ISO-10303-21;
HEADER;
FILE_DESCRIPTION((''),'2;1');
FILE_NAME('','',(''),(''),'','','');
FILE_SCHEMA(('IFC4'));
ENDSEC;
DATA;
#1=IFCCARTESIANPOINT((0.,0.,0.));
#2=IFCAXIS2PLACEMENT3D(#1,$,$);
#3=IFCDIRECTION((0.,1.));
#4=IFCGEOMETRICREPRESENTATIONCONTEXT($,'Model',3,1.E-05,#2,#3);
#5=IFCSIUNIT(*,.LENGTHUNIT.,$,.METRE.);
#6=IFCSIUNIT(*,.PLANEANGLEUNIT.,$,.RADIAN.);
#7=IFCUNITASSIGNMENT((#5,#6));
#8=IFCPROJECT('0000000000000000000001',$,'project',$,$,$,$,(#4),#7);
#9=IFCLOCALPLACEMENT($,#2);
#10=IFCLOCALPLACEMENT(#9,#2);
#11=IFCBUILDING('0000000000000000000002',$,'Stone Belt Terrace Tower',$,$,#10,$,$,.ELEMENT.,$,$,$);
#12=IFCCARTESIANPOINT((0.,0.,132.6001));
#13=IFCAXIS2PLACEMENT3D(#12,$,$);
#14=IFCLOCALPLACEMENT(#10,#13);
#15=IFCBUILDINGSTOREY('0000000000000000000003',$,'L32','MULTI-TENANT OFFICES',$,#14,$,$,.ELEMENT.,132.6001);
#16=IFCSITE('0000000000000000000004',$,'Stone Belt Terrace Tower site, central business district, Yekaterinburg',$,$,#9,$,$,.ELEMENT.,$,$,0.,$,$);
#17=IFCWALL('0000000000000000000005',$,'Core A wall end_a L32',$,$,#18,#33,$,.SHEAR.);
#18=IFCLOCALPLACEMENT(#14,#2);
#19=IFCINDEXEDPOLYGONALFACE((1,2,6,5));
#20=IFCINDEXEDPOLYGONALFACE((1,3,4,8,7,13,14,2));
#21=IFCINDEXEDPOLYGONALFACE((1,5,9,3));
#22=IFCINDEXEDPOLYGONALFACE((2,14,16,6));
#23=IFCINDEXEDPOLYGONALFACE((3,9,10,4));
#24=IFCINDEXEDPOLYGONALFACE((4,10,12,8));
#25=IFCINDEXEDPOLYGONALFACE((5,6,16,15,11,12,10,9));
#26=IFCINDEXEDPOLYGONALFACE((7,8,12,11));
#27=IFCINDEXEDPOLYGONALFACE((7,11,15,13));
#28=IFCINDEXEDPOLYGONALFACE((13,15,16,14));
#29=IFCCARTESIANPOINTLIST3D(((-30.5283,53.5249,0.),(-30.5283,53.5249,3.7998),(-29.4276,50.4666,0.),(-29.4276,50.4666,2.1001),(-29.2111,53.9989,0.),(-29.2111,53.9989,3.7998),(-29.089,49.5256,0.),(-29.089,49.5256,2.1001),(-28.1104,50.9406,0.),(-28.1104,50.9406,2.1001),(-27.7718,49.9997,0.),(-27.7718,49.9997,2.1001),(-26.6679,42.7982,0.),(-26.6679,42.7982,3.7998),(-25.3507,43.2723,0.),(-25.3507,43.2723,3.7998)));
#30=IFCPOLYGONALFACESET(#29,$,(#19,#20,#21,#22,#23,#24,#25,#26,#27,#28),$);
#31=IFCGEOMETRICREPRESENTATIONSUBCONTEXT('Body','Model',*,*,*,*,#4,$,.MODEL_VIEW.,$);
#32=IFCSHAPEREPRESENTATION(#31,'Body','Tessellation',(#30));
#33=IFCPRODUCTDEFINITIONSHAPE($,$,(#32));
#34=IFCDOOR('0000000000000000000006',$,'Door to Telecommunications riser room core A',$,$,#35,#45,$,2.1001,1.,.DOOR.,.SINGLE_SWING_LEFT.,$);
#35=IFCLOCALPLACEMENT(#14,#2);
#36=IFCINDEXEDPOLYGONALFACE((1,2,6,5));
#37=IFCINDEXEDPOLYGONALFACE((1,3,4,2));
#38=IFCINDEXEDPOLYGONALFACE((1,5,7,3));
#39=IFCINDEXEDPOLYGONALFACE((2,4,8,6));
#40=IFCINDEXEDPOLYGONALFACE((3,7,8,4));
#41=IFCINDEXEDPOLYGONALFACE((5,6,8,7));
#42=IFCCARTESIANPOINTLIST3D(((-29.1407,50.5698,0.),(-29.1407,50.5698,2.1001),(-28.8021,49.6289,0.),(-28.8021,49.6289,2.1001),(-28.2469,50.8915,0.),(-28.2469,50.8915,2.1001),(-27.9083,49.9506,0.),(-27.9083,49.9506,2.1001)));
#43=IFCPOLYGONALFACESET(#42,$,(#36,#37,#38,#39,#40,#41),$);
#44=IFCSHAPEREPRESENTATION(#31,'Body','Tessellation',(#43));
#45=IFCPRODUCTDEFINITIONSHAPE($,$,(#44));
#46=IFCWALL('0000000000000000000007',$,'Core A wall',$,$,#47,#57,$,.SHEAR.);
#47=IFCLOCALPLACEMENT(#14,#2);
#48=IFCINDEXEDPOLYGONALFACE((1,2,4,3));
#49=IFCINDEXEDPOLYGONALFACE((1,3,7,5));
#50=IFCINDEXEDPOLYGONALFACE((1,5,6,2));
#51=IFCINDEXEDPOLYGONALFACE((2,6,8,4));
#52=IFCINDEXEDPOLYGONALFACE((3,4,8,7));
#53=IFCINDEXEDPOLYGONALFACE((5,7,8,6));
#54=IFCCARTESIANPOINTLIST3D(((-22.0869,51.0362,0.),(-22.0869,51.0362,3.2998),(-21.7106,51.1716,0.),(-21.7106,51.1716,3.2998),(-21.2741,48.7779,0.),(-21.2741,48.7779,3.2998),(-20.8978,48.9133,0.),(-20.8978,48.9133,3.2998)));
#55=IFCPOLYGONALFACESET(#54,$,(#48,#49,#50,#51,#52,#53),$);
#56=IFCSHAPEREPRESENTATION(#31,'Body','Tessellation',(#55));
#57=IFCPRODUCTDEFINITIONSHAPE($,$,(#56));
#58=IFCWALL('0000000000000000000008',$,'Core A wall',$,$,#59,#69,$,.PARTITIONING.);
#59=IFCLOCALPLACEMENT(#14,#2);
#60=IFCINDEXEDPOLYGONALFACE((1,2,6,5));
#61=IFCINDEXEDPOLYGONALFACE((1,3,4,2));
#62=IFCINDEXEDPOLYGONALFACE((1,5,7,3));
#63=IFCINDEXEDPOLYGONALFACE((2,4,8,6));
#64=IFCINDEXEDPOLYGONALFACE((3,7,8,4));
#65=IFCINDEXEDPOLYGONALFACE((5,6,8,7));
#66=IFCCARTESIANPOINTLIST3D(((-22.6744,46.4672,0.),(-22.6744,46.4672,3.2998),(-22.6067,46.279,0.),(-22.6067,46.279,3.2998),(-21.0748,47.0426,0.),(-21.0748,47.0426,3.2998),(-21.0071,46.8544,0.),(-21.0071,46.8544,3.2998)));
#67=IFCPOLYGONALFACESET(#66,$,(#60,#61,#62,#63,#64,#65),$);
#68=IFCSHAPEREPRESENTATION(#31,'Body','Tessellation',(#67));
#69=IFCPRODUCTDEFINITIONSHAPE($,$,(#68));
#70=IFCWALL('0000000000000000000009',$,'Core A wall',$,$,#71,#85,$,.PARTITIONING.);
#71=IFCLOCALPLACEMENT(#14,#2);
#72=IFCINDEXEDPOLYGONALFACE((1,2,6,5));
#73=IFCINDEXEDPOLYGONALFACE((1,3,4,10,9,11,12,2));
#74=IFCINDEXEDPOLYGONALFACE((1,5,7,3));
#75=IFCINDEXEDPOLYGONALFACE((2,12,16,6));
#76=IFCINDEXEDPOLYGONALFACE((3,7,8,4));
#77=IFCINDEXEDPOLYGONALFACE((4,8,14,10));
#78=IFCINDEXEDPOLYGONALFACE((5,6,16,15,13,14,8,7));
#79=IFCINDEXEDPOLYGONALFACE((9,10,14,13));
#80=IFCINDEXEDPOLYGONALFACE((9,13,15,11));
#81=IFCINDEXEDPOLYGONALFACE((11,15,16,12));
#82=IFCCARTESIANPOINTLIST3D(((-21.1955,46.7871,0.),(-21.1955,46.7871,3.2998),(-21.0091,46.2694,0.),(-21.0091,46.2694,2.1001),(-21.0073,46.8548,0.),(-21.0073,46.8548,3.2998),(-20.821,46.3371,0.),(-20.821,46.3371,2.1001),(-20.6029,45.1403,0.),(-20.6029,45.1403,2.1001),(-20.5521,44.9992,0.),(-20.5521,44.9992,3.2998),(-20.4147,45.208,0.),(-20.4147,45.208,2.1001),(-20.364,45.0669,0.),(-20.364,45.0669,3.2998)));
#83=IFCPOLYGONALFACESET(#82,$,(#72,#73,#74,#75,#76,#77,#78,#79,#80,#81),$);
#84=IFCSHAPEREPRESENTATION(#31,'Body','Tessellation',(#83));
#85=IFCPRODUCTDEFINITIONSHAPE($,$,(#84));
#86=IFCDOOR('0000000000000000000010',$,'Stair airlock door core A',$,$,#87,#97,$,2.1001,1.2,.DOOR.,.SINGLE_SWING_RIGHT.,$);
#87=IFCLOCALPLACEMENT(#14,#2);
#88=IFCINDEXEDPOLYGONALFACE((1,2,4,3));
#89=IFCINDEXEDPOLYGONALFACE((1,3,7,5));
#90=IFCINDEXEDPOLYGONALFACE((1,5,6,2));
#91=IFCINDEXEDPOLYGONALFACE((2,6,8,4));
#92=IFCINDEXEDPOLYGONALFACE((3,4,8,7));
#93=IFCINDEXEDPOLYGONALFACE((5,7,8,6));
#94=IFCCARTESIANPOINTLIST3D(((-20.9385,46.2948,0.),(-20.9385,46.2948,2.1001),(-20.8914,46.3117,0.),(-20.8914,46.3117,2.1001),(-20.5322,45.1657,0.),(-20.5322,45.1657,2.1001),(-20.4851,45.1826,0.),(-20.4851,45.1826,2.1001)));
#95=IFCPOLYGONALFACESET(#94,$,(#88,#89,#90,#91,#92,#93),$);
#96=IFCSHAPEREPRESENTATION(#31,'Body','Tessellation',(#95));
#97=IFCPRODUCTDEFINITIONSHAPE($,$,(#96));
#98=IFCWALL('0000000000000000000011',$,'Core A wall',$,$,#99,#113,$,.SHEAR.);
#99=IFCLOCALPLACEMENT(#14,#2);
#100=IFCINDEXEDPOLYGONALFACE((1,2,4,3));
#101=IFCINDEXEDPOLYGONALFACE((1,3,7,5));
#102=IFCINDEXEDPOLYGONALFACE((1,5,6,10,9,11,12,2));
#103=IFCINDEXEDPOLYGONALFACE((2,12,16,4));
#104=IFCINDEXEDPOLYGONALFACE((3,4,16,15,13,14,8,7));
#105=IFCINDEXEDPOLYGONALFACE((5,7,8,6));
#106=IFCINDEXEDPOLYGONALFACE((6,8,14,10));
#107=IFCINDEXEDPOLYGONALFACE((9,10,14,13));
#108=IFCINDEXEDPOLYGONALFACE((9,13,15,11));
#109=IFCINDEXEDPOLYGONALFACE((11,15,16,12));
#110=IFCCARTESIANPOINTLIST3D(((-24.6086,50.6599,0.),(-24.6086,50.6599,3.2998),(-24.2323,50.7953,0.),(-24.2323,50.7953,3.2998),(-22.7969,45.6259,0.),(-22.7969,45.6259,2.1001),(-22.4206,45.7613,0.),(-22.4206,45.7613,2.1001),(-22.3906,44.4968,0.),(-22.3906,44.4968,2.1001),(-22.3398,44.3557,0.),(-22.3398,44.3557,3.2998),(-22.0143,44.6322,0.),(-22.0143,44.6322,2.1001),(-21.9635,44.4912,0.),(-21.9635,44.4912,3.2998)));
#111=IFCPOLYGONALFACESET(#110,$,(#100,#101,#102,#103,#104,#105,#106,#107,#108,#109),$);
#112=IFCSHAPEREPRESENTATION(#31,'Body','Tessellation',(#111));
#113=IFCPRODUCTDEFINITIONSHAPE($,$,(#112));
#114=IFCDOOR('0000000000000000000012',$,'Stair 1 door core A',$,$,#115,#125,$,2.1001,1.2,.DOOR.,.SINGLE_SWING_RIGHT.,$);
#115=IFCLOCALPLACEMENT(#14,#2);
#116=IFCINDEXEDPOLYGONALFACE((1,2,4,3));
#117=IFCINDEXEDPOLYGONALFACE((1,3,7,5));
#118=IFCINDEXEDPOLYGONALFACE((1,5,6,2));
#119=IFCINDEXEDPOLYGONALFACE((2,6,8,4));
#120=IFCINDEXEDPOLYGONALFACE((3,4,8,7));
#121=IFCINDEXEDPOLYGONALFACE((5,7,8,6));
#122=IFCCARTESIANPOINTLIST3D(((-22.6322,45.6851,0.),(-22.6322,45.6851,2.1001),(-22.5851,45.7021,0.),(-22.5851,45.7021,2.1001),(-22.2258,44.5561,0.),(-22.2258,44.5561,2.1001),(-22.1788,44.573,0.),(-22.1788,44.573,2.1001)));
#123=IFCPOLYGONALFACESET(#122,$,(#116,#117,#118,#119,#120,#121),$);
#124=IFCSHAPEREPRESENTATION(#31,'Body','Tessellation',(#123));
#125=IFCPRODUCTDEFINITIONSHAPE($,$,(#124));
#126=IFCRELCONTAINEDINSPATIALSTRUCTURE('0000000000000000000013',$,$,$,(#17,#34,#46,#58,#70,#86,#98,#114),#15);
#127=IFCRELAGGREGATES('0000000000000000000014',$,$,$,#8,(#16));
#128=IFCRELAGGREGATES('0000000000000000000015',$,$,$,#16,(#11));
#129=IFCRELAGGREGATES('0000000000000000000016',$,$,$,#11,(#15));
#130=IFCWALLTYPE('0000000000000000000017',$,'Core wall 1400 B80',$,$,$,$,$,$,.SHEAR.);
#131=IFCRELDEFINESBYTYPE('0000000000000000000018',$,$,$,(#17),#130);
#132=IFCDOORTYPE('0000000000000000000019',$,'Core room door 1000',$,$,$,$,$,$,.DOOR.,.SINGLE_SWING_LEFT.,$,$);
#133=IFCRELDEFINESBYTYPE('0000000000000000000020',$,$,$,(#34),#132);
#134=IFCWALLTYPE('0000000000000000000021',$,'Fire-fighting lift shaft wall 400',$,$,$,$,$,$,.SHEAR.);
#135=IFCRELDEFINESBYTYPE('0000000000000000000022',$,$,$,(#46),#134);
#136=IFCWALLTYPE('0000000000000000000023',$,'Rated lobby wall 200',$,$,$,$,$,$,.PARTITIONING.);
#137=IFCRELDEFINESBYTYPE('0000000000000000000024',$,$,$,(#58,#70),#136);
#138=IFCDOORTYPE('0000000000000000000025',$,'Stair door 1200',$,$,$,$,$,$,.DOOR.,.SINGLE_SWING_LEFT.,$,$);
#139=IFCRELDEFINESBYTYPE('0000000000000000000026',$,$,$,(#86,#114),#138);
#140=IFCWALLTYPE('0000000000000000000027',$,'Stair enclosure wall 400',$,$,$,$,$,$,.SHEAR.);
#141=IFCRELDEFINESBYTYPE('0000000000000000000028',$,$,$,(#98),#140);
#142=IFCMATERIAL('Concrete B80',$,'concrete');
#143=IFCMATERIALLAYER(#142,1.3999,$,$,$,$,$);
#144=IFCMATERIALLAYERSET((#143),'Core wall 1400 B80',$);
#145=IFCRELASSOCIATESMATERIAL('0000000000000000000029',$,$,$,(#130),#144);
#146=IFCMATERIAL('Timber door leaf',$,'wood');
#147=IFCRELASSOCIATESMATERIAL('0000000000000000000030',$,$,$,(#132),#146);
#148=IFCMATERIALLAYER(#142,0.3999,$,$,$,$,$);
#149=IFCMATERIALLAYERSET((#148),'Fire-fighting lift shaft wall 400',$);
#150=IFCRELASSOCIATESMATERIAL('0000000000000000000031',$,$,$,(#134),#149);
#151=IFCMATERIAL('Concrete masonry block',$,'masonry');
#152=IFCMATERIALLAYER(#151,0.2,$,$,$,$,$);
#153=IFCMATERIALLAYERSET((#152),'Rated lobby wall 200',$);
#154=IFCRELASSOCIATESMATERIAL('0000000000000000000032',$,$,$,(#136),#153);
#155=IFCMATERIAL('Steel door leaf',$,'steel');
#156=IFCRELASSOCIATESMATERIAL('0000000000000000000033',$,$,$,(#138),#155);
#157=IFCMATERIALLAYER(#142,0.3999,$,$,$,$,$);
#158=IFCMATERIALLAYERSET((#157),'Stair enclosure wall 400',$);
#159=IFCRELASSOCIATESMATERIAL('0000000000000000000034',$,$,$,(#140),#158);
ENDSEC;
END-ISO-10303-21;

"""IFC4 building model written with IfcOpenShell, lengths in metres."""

from ifc_helpers import new_model, si_unit, direction, frame, frame_2d, origin, place, context, subcontext, project, spatial, rectangle, extrude, material, layer, layer_set, type_object, element, fill, save


model = new_model("IFC4")

# Units and contexts
model_context = context("Model", 3, precision=1e-05, world=origin(), true_north=direction((0.0, 1.0)))
body_context = subcontext(model_context, "Body", "Model", "MODEL_VIEW")
ifc_project = project(units=[si_unit("LENGTHUNIT", "METRE"), si_unit("PLANEANGLEUNIT", "RADIAN")], contexts=[model_context])

# Site, building, storey
site_placement = place(None, origin())
site = spatial("IfcSite", under=ifc_project, at=site_placement, Name="Stone Belt Terrace Tower site, central business district, Yekaterinburg", CompositionType="ELEMENT", RefElevation=0.0)
building_placement = place(site_placement, origin())
building = spatial("IfcBuilding", under=site, at=building_placement, Name="Stone Belt Terrace Tower", CompositionType="ELEMENT")
storey_placement = place(building_placement, frame((0.0, 0.0, 132.6001)))
storey = spatial("IfcBuildingStorey", under=building, at=storey_placement, Name="L32", Description="MULTI-TENANT OFFICES", CompositionType="ELEMENT", Elevation=132.6001)

# Wall, opening, door
ifc_material_1 = material(Name="Concrete B80", Category="concrete")
ifc_layer_1 = layer(ifc_material_1, 1.3999)
ifc_layer_set_1 = layer_set([ifc_layer_1], Name="Core wall 1400 B80")
wall_type_1 = type_object("IfcWallType", Name="Core wall 1400 B80", PredefinedType="SHEAR", material=ifc_layer_set_1)
wall_1_placement = place(storey_placement, frame((-26.0093, 43.0352, 0.0), z_axis=(0.0, 0.0, 1.0), x_axis=(-0.338625, 0.940921, 0.0)))
wall_1 = element("IfcWall", 1, at=wall_1_placement, inside=storey, type_object=wall_type_1, Name="Core A wall end_a L32", PredefinedType="SHEAR", context=body_context, shape_type="SweptSolid", body=[
    extrude(rectangle(XDim=11.4001, YDim=1.3999, at=frame_2d((5.7002, 0.0))), origin(), (0.0, 0.0, 1.0), 3.7998),
])
opening_1_placement = place(wall_1_placement, frame((7.1499, 0.0, 0.0)))
opening_1 = element("IfcOpeningElement", 2, at=opening_1_placement, cuts=wall_1, PredefinedType="OPENING", context=body_context, shape_type="SweptSolid", body=[
    extrude(rectangle(XDim=1.0, YDim=2.1001, at=frame_2d((0.5, 1.05))), frame((0.0, 0.71, 0.0), z_axis=(0.0, -1.0, 0.0), x_axis=(1.0, 0.0, 0.0)), (0.0, 0.0, 1.0), 1.4199),
])
ifc_material_2 = material(Name="Timber door leaf", Category="wood")
door_type_1 = type_object("IfcDoorType", Name="Core room door 1000", OperationType="SINGLE_SWING_LEFT", PredefinedType="DOOR", material=ifc_material_2)
door_1_placement = place(opening_1_placement, origin())
door_1 = element("IfcDoor", 3, at=door_1_placement, inside=storey, type_object=door_type_1, Name="Door to Telecommunications riser room core A", OperationType="SINGLE_SWING_LEFT", OverallHeight=2.1001, OverallWidth=1.0, PredefinedType="DOOR", context=body_context, shape_type="SweptSolid", body=[
    extrude(rectangle(XDim=1.0, YDim=2.1001, at=frame_2d((0.5, 1.05))), frame((0.0, 0.395, 0.0), z_axis=(0.0, -1.0, 0.0), x_axis=(1.0, 0.0, 0.0)), (0.0, 0.0, 1.0), 0.95),
])
fill(opening_1, door_1)

# Walls
ifc_layer_2 = layer(ifc_material_1, 0.3999)
ifc_layer_set_2 = layer_set([ifc_layer_2], Name="Fire-fighting lift shaft wall 400")
wall_type_2 = type_object("IfcWallType", Name="Fire-fighting lift shaft wall 400", PredefinedType="SHEAR", material=ifc_layer_set_2)
wall_2_placement = place(storey_placement, frame((-21.0859, 48.8455, 0.0), z_axis=(0.0, 0.0, 1.0), x_axis=(-0.338629, 0.94092, 0.0)))
element("IfcWall", 4, at=wall_2_placement, inside=storey, type_object=wall_type_2, Name="Core A wall", PredefinedType="SHEAR", context=body_context, shape_type="SweptSolid", body=[
    extrude(rectangle(XDim=2.4001, YDim=0.3999, at=frame_2d((1.2002, 0.0))), origin(), (0.0, 0.0, 1.0), 3.2998),
])
ifc_material_3 = material(Name="Concrete masonry block", Category="masonry")
ifc_layer_3 = layer(ifc_material_3, 0.2)
ifc_layer_set_3 = layer_set([ifc_layer_3], Name="Rated lobby wall 200")
wall_type_3 = type_object("IfcWallType", Name="Rated lobby wall 200", PredefinedType="PARTITIONING", material=ifc_layer_set_3)
wall_3_placement = place(storey_placement, frame((-22.6406, 46.373, 0.0), z_axis=(0.0, 0.0, 1.0), x_axis=(0.940966, 0.338501, 0.0)))
element("IfcWall", 5, at=wall_3_placement, inside=storey, type_object=wall_type_3, Name="Core A wall", PredefinedType="PARTITIONING", context=body_context, shape_type="SweptSolid", body=[
    extrude(rectangle(XDim=1.7, YDim=0.2, at=frame_2d((0.8501, 0.0))), origin(), (0.0, 0.0, 1.0), 3.2998),
])

# Walls, openings, doors
wall_4_placement = place(storey_placement, frame((-20.458, 45.033, 0.0), z_axis=(0.0, 0.0, 1.0), x_axis=(-0.338574, 0.94094, 0.0)))
wall_4 = element("IfcWall", 6, at=wall_4_placement, inside=storey, type_object=wall_type_3, Name="Core A wall", PredefinedType="PARTITIONING", context=body_context, shape_type="SweptSolid", body=[
    extrude(rectangle(XDim=1.9001, YDim=0.2, at=frame_2d((0.9502, 0.0))), origin(), (0.0, 0.0, 1.0), 3.2998),
])
opening_2_placement = place(wall_4_placement, frame((0.1499, 0.0, 0.0)))
opening_2 = element("IfcOpeningElement", 7, at=opening_2_placement, cuts=wall_4, PredefinedType="OPENING", context=body_context, shape_type="SweptSolid", body=[
    extrude(rectangle(XDim=1.2, YDim=2.1001, at=frame_2d((0.6001, 1.05))), frame((0.0, 0.1099, 0.0), z_axis=(0.0, -1.0, 0.0), x_axis=(1.0, 0.0, 0.0)), (0.0, 0.0, 1.0), 0.22),
])
ifc_material_4 = material(Name="Steel door leaf", Category="steel")
door_type_2 = type_object("IfcDoorType", Name="Stair door 1200", OperationType="SINGLE_SWING_LEFT", PredefinedType="DOOR", material=ifc_material_4)
door_2_placement = place(opening_2_placement, origin())
door_2 = element("IfcDoor", 8, at=door_2_placement, inside=storey, type_object=door_type_2, Name="Stair airlock door core A", OperationType="SINGLE_SWING_RIGHT", OverallHeight=2.1001, OverallWidth=1.2, PredefinedType="DOOR", context=body_context, shape_type="SweptSolid", body=[
    extrude(rectangle(XDim=1.2, YDim=2.1001, at=frame_2d((0.6001, 1.05))), frame((0.0, 0.0249, 0.0), z_axis=(0.0, -1.0, 0.0), x_axis=(1.0, 0.0, 0.0)), (0.0, 0.0, 1.0), 0.05),
])
fill(opening_2, door_2)
ifc_layer_4 = layer(ifc_material_1, 0.3999)
ifc_layer_set_4 = layer_set([ifc_layer_4], Name="Stair enclosure wall 400")
wall_type_4 = type_object("IfcWallType", Name="Stair enclosure wall 400", PredefinedType="SHEAR", material=ifc_layer_set_4)
wall_5_placement = place(storey_placement, frame((-22.1516, 44.4233, 0.0), z_axis=(0.0, 0.0, 1.0), x_axis=(-0.338625, 0.940921, 0.0)))
wall_5 = element("IfcWall", 9, at=wall_5_placement, inside=storey, type_object=wall_type_4, Name="Core A wall", PredefinedType="SHEAR", context=body_context, shape_type="SweptSolid", body=[
    extrude(rectangle(XDim=6.7, YDim=0.3999, at=frame_2d((3.3501, 0.0))), origin(), (0.0, 0.0, 1.0), 3.2998),
])
opening_3_placement = place(wall_5_placement, frame((0.1499, 0.0, 0.0)))
opening_3 = element("IfcOpeningElement", 10, at=opening_3_placement, cuts=wall_5, PredefinedType="OPENING", context=body_context, shape_type="SweptSolid", body=[
    extrude(rectangle(XDim=1.2, YDim=2.1001, at=frame_2d((0.6001, 1.05))), frame((0.0, 0.21, 0.0), z_axis=(0.0, -1.0, 0.0), x_axis=(1.0, 0.0, 0.0)), (0.0, 0.0, 1.0), 0.4199),
])
door_3_placement = place(opening_3_placement, origin())
door_3 = element("IfcDoor", 11, at=door_3_placement, inside=storey, type_object=door_type_2, Name="Stair 1 door core A", OperationType="SINGLE_SWING_RIGHT", OverallHeight=2.1001, OverallWidth=1.2, PredefinedType="DOOR", context=body_context, shape_type="SweptSolid", body=[
    extrude(rectangle(XDim=1.2, YDim=2.1001, at=frame_2d((0.6001, 1.05))), frame((0.0, 0.0249, 0.0), z_axis=(0.0, -1.0, 0.0), x_axis=(1.0, 0.0, 0.0)), (0.0, 0.0, 1.0), 0.05),
])
fill(opening_3, door_3)

save(model, "model.ifc")
